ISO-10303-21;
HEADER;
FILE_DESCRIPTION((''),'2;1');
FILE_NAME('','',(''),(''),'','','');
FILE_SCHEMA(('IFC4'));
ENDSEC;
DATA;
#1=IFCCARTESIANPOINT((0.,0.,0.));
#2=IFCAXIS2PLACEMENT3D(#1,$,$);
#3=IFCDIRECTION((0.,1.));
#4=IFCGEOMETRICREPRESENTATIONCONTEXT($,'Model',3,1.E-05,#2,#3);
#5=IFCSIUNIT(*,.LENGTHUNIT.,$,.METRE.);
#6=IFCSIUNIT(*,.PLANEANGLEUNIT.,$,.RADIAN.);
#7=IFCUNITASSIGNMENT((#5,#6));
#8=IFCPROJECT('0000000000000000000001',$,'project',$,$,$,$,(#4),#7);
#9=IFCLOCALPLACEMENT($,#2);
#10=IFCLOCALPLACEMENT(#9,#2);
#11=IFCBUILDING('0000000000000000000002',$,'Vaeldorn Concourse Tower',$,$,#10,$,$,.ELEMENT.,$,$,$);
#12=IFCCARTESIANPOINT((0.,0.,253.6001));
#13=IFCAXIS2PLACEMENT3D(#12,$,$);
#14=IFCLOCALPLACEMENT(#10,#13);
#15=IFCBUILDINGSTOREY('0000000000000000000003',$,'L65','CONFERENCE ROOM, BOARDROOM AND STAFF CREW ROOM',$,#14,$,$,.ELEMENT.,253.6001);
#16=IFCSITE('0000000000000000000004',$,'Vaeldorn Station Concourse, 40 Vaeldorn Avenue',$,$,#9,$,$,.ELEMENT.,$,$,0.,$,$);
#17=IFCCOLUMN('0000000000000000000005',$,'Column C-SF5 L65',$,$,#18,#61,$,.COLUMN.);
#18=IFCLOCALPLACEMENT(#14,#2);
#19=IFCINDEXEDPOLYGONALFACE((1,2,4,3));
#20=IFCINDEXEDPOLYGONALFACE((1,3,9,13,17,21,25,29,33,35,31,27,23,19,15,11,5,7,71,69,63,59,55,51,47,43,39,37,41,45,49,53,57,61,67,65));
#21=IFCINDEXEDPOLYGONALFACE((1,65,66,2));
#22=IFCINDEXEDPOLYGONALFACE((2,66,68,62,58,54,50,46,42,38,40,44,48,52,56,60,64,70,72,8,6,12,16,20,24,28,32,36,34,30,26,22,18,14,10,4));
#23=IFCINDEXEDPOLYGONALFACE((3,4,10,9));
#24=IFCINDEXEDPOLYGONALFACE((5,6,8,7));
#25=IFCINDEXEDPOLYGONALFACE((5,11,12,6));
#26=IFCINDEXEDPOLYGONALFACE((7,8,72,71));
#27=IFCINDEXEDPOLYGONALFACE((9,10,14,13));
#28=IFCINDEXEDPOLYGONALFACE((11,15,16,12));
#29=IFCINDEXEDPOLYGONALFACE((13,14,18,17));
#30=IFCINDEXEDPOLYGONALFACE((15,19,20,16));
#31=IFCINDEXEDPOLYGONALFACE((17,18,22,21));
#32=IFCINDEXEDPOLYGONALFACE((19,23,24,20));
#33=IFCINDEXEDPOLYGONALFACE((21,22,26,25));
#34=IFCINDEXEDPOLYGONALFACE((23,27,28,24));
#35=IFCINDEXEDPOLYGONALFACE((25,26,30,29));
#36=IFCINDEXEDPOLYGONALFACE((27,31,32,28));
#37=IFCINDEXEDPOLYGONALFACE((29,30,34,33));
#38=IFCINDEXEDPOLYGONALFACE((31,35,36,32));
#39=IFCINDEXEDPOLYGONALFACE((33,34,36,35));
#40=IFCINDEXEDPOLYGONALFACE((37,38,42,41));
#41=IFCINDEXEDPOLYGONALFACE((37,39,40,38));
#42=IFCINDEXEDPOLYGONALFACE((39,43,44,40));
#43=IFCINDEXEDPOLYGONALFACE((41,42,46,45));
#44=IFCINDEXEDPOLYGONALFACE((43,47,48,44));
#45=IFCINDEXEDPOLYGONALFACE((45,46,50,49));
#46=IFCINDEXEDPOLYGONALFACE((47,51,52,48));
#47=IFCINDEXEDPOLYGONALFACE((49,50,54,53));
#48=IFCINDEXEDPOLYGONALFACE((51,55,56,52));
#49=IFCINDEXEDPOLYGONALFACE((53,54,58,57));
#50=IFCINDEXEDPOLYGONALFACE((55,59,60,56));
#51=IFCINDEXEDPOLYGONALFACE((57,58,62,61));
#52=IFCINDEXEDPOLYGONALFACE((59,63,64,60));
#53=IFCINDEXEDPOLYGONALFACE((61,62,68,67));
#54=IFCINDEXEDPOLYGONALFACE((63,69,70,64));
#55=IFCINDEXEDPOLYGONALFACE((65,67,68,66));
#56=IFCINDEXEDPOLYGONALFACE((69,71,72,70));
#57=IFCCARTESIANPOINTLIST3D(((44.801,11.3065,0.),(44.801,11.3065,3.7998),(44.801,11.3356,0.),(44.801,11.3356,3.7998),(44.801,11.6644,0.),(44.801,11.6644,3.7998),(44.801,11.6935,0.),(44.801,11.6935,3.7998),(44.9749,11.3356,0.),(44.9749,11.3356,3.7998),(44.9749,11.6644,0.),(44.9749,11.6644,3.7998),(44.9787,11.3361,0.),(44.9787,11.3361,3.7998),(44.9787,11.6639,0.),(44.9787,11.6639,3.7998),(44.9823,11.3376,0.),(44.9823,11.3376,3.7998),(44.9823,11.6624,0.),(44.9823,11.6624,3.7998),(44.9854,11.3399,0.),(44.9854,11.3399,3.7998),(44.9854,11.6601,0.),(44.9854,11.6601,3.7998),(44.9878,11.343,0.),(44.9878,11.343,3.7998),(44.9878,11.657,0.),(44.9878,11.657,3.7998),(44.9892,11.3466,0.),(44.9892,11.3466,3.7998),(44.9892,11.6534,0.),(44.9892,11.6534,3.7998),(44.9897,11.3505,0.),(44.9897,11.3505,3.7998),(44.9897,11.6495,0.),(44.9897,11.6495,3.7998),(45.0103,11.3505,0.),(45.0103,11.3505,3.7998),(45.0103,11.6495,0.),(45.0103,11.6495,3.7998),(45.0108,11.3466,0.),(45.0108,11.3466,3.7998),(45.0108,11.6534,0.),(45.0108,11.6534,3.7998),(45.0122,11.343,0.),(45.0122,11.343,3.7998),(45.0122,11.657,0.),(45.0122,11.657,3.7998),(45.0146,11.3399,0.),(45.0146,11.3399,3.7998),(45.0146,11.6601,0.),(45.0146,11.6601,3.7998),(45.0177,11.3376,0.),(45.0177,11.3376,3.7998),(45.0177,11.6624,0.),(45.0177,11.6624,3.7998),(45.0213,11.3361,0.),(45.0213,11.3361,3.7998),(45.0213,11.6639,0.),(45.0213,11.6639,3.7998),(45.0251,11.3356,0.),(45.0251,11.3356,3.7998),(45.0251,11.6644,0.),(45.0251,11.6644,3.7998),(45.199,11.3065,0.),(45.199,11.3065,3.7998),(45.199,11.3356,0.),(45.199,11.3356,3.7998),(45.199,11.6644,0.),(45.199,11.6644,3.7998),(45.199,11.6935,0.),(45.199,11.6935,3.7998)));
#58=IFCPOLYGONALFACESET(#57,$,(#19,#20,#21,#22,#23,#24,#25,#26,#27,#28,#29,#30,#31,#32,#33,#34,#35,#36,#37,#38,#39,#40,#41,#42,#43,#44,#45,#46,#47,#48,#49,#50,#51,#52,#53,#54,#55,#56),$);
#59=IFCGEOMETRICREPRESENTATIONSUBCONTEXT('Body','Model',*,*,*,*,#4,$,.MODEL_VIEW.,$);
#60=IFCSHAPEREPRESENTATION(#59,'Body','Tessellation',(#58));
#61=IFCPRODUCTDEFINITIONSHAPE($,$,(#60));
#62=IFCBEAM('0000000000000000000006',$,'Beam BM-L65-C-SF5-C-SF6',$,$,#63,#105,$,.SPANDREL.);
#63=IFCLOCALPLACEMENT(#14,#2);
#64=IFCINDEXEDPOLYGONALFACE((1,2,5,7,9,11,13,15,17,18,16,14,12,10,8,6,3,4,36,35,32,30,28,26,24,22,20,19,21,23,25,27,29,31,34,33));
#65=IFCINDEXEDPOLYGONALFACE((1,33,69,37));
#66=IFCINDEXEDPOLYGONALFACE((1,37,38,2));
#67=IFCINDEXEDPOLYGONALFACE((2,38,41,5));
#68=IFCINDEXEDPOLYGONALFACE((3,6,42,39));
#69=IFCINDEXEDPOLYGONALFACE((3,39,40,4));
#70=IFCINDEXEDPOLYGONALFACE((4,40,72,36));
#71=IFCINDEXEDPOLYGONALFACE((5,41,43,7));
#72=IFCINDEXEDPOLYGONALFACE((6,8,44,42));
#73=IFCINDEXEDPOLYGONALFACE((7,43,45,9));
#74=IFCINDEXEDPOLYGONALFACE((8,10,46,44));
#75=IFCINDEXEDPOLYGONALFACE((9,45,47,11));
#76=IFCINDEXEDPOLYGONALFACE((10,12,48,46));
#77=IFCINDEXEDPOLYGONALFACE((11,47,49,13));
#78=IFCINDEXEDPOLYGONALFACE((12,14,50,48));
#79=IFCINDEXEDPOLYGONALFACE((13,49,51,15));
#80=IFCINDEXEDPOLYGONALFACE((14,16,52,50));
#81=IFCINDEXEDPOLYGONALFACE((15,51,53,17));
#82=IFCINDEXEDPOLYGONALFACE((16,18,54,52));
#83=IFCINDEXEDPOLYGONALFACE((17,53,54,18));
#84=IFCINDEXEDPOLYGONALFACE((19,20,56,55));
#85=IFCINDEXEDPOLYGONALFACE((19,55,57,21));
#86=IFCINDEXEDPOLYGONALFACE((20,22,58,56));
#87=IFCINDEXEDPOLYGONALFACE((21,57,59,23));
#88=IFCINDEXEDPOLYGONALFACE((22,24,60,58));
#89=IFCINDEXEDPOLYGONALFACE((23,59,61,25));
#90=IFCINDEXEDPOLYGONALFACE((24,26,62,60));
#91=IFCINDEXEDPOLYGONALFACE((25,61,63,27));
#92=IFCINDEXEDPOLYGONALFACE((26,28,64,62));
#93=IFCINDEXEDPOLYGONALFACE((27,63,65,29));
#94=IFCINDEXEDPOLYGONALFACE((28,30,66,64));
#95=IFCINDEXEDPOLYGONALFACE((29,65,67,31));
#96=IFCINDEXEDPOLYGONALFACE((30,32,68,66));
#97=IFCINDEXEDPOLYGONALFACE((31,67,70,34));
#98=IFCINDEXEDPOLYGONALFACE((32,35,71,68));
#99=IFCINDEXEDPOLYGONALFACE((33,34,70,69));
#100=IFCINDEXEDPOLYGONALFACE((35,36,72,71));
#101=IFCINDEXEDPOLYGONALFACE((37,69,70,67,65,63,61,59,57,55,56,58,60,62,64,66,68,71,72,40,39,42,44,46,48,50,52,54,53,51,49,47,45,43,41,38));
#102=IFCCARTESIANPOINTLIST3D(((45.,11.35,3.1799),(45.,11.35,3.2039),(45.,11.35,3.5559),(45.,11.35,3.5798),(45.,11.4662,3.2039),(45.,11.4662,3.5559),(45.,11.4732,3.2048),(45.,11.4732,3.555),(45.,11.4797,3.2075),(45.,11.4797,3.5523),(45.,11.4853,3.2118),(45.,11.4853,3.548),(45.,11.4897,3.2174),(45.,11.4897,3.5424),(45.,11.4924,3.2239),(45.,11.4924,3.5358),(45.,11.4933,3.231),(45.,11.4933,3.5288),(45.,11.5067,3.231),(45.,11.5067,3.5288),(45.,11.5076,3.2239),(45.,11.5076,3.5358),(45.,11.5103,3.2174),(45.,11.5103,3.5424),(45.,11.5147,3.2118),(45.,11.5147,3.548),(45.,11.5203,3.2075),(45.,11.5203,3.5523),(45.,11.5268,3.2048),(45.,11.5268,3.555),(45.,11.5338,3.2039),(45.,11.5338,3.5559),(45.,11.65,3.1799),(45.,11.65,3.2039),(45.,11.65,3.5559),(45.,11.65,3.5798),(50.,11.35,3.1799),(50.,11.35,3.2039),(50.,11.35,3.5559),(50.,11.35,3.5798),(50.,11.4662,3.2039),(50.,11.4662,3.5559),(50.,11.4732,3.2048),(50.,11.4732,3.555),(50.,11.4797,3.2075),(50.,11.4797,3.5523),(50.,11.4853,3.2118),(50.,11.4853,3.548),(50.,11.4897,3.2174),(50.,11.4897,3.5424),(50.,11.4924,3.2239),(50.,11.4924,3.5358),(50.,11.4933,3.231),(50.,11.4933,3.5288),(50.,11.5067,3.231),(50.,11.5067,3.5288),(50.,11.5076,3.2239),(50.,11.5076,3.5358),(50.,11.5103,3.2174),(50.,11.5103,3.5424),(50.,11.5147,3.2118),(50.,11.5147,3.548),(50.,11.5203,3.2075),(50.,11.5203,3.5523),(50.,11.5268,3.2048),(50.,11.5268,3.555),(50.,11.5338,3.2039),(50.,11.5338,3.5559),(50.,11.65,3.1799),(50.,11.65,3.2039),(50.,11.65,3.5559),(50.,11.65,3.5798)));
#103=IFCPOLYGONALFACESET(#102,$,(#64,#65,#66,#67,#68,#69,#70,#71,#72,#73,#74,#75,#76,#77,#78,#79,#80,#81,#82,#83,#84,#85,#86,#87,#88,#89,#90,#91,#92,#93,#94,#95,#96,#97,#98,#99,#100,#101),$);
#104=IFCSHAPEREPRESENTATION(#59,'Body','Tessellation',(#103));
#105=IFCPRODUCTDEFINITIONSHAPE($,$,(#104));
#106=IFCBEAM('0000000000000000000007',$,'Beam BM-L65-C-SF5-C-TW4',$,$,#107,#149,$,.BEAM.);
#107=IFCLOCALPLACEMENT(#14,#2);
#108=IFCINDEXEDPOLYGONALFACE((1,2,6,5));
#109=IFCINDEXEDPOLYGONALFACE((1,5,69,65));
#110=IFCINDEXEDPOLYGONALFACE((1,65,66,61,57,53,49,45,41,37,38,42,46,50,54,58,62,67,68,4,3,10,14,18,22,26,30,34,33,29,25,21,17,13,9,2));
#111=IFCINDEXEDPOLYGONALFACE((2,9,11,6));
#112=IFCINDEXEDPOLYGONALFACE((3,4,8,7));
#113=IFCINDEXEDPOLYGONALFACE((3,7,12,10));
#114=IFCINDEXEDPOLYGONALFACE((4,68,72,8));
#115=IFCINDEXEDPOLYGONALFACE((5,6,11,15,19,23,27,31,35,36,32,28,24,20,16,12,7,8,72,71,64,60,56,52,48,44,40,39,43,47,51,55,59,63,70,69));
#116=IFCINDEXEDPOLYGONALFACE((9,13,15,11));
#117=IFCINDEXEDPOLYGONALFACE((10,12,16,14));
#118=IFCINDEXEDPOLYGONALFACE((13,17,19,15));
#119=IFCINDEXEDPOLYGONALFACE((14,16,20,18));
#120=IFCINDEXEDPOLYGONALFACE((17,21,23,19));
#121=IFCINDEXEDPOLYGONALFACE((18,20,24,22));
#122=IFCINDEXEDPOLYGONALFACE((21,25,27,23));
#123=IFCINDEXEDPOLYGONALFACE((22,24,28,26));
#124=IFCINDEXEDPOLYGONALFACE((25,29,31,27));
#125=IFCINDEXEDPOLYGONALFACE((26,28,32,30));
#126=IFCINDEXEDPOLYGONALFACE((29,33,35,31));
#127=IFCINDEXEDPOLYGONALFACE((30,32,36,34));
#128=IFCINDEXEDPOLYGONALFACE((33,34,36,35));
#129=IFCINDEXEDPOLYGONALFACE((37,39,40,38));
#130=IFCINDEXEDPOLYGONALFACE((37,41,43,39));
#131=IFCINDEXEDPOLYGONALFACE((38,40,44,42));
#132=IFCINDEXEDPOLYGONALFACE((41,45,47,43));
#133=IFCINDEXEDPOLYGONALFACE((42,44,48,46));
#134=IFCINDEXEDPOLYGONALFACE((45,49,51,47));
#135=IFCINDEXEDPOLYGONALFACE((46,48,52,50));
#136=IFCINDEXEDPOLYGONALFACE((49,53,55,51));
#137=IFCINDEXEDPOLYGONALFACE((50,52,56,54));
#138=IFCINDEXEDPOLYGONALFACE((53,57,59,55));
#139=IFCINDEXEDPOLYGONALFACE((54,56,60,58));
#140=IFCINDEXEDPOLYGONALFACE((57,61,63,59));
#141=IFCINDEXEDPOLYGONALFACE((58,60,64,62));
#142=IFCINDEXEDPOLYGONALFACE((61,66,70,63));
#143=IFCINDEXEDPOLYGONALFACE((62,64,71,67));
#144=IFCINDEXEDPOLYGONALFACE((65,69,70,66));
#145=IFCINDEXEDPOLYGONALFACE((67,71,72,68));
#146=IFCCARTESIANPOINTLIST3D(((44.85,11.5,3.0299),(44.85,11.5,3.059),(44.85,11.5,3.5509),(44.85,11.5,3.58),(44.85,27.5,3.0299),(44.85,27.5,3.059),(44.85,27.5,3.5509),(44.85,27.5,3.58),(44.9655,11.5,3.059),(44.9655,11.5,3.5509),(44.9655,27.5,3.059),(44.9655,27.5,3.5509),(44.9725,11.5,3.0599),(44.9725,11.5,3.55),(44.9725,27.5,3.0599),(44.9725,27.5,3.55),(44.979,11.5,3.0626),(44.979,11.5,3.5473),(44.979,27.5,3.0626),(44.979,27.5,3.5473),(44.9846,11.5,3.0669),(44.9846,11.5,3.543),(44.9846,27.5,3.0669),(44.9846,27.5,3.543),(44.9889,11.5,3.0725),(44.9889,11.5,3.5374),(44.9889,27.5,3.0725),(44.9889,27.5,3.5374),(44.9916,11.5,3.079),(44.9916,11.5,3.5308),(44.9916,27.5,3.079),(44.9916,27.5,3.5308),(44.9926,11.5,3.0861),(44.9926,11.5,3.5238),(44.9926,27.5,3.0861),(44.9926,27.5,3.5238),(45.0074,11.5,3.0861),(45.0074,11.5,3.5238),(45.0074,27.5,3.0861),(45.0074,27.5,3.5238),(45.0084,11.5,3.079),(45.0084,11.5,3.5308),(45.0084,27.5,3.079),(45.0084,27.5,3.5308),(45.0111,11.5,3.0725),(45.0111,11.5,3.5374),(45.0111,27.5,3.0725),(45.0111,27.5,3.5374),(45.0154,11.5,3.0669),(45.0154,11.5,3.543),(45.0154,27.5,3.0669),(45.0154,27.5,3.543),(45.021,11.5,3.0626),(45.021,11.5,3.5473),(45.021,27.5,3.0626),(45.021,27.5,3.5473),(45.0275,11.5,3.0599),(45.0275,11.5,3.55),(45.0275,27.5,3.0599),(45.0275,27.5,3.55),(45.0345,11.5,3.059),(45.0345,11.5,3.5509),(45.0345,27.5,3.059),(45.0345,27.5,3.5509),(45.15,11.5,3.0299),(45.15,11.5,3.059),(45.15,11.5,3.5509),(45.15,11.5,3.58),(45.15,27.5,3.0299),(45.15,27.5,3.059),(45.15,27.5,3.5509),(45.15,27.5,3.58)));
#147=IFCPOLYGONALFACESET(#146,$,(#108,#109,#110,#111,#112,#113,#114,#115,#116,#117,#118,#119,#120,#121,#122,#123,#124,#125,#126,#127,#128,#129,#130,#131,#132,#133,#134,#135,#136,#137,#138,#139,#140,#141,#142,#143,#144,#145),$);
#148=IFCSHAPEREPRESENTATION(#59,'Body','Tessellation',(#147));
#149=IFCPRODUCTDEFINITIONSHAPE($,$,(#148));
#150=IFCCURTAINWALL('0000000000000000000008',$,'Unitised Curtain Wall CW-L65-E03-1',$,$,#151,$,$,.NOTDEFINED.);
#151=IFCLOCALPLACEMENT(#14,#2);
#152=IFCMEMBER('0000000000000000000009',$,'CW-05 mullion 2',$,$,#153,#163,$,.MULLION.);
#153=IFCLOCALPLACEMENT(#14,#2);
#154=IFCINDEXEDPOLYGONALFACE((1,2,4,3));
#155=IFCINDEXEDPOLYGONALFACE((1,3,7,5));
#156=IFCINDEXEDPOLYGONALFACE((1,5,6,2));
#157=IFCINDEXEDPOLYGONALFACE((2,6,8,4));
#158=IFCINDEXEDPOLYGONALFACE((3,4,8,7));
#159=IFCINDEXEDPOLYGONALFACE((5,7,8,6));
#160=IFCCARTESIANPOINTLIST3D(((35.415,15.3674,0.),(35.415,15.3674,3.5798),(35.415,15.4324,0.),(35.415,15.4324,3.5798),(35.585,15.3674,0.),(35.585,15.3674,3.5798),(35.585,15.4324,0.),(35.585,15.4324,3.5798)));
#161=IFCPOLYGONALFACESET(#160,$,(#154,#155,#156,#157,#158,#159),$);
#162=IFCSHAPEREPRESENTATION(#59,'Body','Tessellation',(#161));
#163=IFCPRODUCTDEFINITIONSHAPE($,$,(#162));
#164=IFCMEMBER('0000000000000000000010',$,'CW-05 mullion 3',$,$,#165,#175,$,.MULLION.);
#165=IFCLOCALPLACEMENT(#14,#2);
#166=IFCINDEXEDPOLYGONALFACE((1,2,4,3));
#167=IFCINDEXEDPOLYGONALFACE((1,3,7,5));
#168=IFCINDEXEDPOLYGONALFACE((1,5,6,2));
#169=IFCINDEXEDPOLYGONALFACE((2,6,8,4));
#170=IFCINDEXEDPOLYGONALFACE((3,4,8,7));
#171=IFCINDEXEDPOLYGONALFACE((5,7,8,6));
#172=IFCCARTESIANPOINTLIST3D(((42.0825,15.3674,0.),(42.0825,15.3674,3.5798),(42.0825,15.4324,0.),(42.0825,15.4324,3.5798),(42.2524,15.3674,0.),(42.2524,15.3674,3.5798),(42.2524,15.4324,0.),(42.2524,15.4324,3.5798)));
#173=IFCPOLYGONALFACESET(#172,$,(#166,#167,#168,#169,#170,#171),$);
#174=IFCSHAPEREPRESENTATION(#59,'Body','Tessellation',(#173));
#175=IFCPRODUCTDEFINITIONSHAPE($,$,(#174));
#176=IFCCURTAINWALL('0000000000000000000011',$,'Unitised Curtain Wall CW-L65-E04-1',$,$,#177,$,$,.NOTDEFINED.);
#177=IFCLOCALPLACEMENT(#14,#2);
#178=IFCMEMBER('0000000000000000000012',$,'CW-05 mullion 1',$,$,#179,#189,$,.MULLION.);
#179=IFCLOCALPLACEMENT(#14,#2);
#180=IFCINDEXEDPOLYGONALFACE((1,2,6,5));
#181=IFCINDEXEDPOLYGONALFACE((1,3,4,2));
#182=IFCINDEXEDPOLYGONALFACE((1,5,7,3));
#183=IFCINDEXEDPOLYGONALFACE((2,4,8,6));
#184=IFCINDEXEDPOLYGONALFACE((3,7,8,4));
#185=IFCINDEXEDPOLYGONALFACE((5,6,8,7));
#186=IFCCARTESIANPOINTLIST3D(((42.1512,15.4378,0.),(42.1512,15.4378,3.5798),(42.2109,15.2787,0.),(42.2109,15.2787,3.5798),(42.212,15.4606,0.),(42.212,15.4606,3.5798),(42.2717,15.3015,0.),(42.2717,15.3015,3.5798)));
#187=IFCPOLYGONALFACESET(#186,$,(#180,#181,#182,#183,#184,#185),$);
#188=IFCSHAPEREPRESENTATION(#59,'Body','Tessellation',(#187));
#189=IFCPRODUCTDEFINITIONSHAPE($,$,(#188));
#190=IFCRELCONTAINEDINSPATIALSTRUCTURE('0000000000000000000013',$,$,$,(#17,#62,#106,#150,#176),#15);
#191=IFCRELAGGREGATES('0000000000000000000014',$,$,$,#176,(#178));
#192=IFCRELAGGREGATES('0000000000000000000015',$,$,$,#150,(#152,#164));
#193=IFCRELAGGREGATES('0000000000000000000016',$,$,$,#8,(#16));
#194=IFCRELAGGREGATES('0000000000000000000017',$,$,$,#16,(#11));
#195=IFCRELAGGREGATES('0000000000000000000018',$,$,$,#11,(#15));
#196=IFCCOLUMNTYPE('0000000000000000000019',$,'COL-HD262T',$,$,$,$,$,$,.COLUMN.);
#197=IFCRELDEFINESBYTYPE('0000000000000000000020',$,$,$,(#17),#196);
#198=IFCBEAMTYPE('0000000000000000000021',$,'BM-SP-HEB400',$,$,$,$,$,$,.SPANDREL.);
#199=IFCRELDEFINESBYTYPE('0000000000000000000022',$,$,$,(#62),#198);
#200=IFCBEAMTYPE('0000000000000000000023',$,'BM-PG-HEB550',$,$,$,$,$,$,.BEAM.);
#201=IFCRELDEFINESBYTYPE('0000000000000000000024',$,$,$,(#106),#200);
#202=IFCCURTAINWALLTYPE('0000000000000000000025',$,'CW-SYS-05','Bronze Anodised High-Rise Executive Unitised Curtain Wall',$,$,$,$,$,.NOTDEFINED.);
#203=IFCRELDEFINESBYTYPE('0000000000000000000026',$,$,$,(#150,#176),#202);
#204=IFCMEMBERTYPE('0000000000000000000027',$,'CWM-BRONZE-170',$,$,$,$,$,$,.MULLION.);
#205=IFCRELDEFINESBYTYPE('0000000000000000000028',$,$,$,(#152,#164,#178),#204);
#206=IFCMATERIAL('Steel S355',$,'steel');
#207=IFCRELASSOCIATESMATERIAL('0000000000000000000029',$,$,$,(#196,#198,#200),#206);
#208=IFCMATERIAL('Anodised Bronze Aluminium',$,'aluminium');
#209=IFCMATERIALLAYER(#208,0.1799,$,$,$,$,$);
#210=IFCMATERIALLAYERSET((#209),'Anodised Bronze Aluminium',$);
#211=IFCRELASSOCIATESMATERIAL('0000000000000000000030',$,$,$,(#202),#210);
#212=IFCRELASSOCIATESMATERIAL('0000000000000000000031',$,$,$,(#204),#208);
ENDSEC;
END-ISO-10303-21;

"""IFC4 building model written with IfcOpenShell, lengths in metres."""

from ifc_helpers import new_model, si_unit, direction, frame, origin, origin_2d, place, context, subcontext, project, spatial, rectangle, i_section, extrude, source, transform, mapped, material, layer, layer_set, material_profile, profile_set, type_object, element, aggregate, save


model = new_model("IFC4")

# Units and contexts
model_context = context("Model", 3, precision=1e-05, world=origin(), true_north=direction((0.0, 1.0)))
body_context = subcontext(model_context, "Body", "Model", "MODEL_VIEW")
ifc_project = project(units=[si_unit("LENGTHUNIT", "METRE"), si_unit("PLANEANGLEUNIT", "RADIAN")], contexts=[model_context])

# Site, building, storey
site_placement = place(None, origin())
site = spatial("IfcSite", under=ifc_project, at=site_placement, Name="Vaeldorn Station Concourse, 40 Vaeldorn Avenue", CompositionType="ELEMENT", RefElevation=0.0)
building_placement = place(site_placement, origin())
building = spatial("IfcBuilding", under=site, at=building_placement, Name="Vaeldorn Concourse Tower", CompositionType="ELEMENT")
storey_placement = place(building_placement, frame((0.0, 0.0, 253.6001)))
storey = spatial("IfcBuildingStorey", under=building, at=storey_placement, Name="L65", Description="CONFERENCE ROOM, BOARDROOM AND STAFF CREW ROOM", CompositionType="ELEMENT", Elevation=253.6001)

# Column
ifc_material_1 = material(Name="Steel S355", Category="steel")
ifc_material_profile_1 = material_profile(ifc_material_1, i_section(OverallWidth=0.3979, OverallDepth=0.387, WebThickness=0.0205, FlangeThickness=0.0291, FilletRadius=0.0149, at=origin_2d()), Name="HD 400x262")
ifc_profile_set_1 = profile_set([ifc_material_profile_1], Name="Steel S355")
column_type = type_object("IfcColumnType", Name="COL-HD262T", PredefinedType="COLUMN", material=ifc_profile_set_1)
shared_shape_1 = source(origin(), body_context, "Body", "SweptSolid", [
    extrude(i_section(OverallWidth=0.3979, OverallDepth=0.387, WebThickness=0.0205, FlangeThickness=0.0291, FilletRadius=0.0149, at=origin_2d()), origin(), (0.0, 0.0, 1.0), 3.7998),
])
column_placement = place(storey_placement, frame((45.0, 11.5, 0.0), z_axis=(0.0, 0.0, 1.0), x_axis=(1.0, 0.0, 0.0)))
element("IfcColumn", 1, at=column_placement, inside=storey, type_object=column_type, Name="Column C-SF5 L65", PredefinedType="COLUMN", context=body_context, shape_type="MappedRepresentation", body=[
    mapped(shared_shape_1, transform((0.0, 0.0, 0.0), scale=1.0)),
])

# Beams
ifc_material_profile_2 = material_profile(ifc_material_1, i_section(OverallWidth=0.3, OverallDepth=0.3999, WebThickness=0.0134, FlangeThickness=0.0239, FilletRadius=0.0271, at=origin_2d()), Name="HEB 400")
ifc_profile_set_2 = profile_set([ifc_material_profile_2], Name="Steel S355")
beam_type_1 = type_object("IfcBeamType", Name="BM-SP-HEB400", PredefinedType="SPANDREL", material=ifc_profile_set_2)
shared_shape_2 = source(origin(), body_context, "Body", "SweptSolid", [
    extrude(i_section(OverallWidth=0.3, OverallDepth=0.3999, WebThickness=0.0134, FlangeThickness=0.0239, FilletRadius=0.0271, at=origin_2d()), origin(), (0.0, 0.0, 1.0), 5.0),
])
beam_1_placement = place(storey_placement, frame((45.0, 11.5, 3.3799), z_axis=(1.0, 0.0, 0.0), x_axis=(0.0, 1.0, 0.0)))
element("IfcBeam", 2, at=beam_1_placement, inside=storey, type_object=beam_type_1, Name="Beam BM-L65-C-SF5-C-SF6", PredefinedType="SPANDREL", context=body_context, shape_type="MappedRepresentation", body=[
    mapped(shared_shape_2, transform((0.0, 0.0, 0.0), scale=1.0)),
])
ifc_material_profile_3 = material_profile(ifc_material_1, i_section(OverallWidth=0.3, OverallDepth=0.55, WebThickness=0.0149, FlangeThickness=0.0291, FilletRadius=0.0271, at=origin_2d()), Name="HEB 550")
ifc_profile_set_3 = profile_set([ifc_material_profile_3], Name="Steel S355")
beam_type_2 = type_object("IfcBeamType", Name="BM-PG-HEB550", PredefinedType="BEAM", material=ifc_profile_set_3)
shared_shape_3 = source(origin(), body_context, "Body", "SweptSolid", [
    extrude(i_section(OverallWidth=0.3, OverallDepth=0.55, WebThickness=0.0149, FlangeThickness=0.0291, FilletRadius=0.0271, at=origin_2d()), origin(), (0.0, 0.0, 1.0), 16.0),
])
beam_2_placement = place(storey_placement, frame((45.0, 11.5, 3.3049), z_axis=(0.0, 1.0, 0.0), x_axis=(-1.0, 0.0, 0.0)))
element("IfcBeam", 3, at=beam_2_placement, inside=storey, type_object=beam_type_2, Name="Beam BM-L65-C-SF5-C-TW4", PredefinedType="BEAM", context=body_context, shape_type="MappedRepresentation", body=[
    mapped(shared_shape_3, transform((0.0, 0.0, 0.0), scale=1.0)),
])

# Curtain walls, members
ifc_material_2 = material(Name="Anodised Bronze Aluminium", Category="aluminium")
ifc_layer_1 = layer(ifc_material_2, 0.1799)
ifc_layer_set_1 = layer_set([ifc_layer_1], Name="Anodised Bronze Aluminium")
curtain_wall_type = type_object("IfcCurtainWallType", Name="CW-SYS-05", Description="Bronze Anodised High-Rise Executive Unitised Curtain Wall", PredefinedType="NOTDEFINED", material=ifc_layer_set_1)
curtain_wall_1_placement = place(storey_placement, origin())
curtain_wall_1 = element("IfcCurtainWall", 4, at=curtain_wall_1_placement, inside=storey, type_object=curtain_wall_type, Name="Unitised Curtain Wall CW-L65-E03-1", PredefinedType="NOTDEFINED")
ifc_material_profile_4 = material_profile(ifc_material_2, rectangle(XDim=0.0649, YDim=0.1699, at=origin_2d()), Name="CWM 65x170")
ifc_profile_set_4 = profile_set([ifc_material_profile_4], Name="Anodised Bronze Aluminium")
member_type_1 = type_object("IfcMemberType", Name="CWM-BRONZE-170", PredefinedType="MULLION", material=ifc_profile_set_4)
shared_shape_4 = source(origin(), body_context, "Body", "SweptSolid", [
    extrude(rectangle(XDim=0.0649, YDim=0.1699, at=origin_2d()), origin(), (0.0, 0.0, 1.0), 3.5798),
])
member_1_placement = place(storey_placement, frame((35.5, 15.3999, 0.0), z_axis=(0.0, 0.0, 1.0), x_axis=(0.0, 1.0, 0.0)))
member_1 = element("IfcMember", 5, at=member_1_placement, type_object=member_type_1, Name="CW-05 mullion 2", PredefinedType="MULLION", context=body_context, shape_type="MappedRepresentation", body=[
    mapped(shared_shape_4, transform((0.0, 0.0, 0.0), scale=1.0)),
])
member_2_placement = place(storey_placement, frame((42.1675, 15.3999, 0.0), z_axis=(0.0, 0.0, 1.0), x_axis=(0.0, 1.0, 0.0)))
member_2 = element("IfcMember", 6, at=member_2_placement, type_object=member_type_1, Name="CW-05 mullion 3", PredefinedType="MULLION", context=body_context, shape_type="MappedRepresentation", body=[
    mapped(shared_shape_4, transform((0.0, 0.0, 0.0), scale=1.0)),
])
curtain_wall_2_placement = place(storey_placement, origin())
curtain_wall_2 = element("IfcCurtainWall", 7, at=curtain_wall_2_placement, inside=storey, type_object=curtain_wall_type, Name="Unitised Curtain Wall CW-L65-E04-1", PredefinedType="NOTDEFINED")
member_3_placement = place(storey_placement, frame((42.2114, 15.3696, 0.0), z_axis=(0.0, 0.0, 1.0), x_axis=(0.936329, 0.351123, 0.0)))
member_3 = element("IfcMember", 8, at=member_3_placement, type_object=member_type_1, Name="CW-05 mullion 1", PredefinedType="MULLION", context=body_context, shape_type="MappedRepresentation", body=[
    mapped(shared_shape_4, transform((0.0, 0.0, 0.0), scale=1.0)),
])

aggregate(curtain_wall_2, [member_3])
aggregate(curtain_wall_1, [member_1, member_2])

save(model, "model.ifc")
